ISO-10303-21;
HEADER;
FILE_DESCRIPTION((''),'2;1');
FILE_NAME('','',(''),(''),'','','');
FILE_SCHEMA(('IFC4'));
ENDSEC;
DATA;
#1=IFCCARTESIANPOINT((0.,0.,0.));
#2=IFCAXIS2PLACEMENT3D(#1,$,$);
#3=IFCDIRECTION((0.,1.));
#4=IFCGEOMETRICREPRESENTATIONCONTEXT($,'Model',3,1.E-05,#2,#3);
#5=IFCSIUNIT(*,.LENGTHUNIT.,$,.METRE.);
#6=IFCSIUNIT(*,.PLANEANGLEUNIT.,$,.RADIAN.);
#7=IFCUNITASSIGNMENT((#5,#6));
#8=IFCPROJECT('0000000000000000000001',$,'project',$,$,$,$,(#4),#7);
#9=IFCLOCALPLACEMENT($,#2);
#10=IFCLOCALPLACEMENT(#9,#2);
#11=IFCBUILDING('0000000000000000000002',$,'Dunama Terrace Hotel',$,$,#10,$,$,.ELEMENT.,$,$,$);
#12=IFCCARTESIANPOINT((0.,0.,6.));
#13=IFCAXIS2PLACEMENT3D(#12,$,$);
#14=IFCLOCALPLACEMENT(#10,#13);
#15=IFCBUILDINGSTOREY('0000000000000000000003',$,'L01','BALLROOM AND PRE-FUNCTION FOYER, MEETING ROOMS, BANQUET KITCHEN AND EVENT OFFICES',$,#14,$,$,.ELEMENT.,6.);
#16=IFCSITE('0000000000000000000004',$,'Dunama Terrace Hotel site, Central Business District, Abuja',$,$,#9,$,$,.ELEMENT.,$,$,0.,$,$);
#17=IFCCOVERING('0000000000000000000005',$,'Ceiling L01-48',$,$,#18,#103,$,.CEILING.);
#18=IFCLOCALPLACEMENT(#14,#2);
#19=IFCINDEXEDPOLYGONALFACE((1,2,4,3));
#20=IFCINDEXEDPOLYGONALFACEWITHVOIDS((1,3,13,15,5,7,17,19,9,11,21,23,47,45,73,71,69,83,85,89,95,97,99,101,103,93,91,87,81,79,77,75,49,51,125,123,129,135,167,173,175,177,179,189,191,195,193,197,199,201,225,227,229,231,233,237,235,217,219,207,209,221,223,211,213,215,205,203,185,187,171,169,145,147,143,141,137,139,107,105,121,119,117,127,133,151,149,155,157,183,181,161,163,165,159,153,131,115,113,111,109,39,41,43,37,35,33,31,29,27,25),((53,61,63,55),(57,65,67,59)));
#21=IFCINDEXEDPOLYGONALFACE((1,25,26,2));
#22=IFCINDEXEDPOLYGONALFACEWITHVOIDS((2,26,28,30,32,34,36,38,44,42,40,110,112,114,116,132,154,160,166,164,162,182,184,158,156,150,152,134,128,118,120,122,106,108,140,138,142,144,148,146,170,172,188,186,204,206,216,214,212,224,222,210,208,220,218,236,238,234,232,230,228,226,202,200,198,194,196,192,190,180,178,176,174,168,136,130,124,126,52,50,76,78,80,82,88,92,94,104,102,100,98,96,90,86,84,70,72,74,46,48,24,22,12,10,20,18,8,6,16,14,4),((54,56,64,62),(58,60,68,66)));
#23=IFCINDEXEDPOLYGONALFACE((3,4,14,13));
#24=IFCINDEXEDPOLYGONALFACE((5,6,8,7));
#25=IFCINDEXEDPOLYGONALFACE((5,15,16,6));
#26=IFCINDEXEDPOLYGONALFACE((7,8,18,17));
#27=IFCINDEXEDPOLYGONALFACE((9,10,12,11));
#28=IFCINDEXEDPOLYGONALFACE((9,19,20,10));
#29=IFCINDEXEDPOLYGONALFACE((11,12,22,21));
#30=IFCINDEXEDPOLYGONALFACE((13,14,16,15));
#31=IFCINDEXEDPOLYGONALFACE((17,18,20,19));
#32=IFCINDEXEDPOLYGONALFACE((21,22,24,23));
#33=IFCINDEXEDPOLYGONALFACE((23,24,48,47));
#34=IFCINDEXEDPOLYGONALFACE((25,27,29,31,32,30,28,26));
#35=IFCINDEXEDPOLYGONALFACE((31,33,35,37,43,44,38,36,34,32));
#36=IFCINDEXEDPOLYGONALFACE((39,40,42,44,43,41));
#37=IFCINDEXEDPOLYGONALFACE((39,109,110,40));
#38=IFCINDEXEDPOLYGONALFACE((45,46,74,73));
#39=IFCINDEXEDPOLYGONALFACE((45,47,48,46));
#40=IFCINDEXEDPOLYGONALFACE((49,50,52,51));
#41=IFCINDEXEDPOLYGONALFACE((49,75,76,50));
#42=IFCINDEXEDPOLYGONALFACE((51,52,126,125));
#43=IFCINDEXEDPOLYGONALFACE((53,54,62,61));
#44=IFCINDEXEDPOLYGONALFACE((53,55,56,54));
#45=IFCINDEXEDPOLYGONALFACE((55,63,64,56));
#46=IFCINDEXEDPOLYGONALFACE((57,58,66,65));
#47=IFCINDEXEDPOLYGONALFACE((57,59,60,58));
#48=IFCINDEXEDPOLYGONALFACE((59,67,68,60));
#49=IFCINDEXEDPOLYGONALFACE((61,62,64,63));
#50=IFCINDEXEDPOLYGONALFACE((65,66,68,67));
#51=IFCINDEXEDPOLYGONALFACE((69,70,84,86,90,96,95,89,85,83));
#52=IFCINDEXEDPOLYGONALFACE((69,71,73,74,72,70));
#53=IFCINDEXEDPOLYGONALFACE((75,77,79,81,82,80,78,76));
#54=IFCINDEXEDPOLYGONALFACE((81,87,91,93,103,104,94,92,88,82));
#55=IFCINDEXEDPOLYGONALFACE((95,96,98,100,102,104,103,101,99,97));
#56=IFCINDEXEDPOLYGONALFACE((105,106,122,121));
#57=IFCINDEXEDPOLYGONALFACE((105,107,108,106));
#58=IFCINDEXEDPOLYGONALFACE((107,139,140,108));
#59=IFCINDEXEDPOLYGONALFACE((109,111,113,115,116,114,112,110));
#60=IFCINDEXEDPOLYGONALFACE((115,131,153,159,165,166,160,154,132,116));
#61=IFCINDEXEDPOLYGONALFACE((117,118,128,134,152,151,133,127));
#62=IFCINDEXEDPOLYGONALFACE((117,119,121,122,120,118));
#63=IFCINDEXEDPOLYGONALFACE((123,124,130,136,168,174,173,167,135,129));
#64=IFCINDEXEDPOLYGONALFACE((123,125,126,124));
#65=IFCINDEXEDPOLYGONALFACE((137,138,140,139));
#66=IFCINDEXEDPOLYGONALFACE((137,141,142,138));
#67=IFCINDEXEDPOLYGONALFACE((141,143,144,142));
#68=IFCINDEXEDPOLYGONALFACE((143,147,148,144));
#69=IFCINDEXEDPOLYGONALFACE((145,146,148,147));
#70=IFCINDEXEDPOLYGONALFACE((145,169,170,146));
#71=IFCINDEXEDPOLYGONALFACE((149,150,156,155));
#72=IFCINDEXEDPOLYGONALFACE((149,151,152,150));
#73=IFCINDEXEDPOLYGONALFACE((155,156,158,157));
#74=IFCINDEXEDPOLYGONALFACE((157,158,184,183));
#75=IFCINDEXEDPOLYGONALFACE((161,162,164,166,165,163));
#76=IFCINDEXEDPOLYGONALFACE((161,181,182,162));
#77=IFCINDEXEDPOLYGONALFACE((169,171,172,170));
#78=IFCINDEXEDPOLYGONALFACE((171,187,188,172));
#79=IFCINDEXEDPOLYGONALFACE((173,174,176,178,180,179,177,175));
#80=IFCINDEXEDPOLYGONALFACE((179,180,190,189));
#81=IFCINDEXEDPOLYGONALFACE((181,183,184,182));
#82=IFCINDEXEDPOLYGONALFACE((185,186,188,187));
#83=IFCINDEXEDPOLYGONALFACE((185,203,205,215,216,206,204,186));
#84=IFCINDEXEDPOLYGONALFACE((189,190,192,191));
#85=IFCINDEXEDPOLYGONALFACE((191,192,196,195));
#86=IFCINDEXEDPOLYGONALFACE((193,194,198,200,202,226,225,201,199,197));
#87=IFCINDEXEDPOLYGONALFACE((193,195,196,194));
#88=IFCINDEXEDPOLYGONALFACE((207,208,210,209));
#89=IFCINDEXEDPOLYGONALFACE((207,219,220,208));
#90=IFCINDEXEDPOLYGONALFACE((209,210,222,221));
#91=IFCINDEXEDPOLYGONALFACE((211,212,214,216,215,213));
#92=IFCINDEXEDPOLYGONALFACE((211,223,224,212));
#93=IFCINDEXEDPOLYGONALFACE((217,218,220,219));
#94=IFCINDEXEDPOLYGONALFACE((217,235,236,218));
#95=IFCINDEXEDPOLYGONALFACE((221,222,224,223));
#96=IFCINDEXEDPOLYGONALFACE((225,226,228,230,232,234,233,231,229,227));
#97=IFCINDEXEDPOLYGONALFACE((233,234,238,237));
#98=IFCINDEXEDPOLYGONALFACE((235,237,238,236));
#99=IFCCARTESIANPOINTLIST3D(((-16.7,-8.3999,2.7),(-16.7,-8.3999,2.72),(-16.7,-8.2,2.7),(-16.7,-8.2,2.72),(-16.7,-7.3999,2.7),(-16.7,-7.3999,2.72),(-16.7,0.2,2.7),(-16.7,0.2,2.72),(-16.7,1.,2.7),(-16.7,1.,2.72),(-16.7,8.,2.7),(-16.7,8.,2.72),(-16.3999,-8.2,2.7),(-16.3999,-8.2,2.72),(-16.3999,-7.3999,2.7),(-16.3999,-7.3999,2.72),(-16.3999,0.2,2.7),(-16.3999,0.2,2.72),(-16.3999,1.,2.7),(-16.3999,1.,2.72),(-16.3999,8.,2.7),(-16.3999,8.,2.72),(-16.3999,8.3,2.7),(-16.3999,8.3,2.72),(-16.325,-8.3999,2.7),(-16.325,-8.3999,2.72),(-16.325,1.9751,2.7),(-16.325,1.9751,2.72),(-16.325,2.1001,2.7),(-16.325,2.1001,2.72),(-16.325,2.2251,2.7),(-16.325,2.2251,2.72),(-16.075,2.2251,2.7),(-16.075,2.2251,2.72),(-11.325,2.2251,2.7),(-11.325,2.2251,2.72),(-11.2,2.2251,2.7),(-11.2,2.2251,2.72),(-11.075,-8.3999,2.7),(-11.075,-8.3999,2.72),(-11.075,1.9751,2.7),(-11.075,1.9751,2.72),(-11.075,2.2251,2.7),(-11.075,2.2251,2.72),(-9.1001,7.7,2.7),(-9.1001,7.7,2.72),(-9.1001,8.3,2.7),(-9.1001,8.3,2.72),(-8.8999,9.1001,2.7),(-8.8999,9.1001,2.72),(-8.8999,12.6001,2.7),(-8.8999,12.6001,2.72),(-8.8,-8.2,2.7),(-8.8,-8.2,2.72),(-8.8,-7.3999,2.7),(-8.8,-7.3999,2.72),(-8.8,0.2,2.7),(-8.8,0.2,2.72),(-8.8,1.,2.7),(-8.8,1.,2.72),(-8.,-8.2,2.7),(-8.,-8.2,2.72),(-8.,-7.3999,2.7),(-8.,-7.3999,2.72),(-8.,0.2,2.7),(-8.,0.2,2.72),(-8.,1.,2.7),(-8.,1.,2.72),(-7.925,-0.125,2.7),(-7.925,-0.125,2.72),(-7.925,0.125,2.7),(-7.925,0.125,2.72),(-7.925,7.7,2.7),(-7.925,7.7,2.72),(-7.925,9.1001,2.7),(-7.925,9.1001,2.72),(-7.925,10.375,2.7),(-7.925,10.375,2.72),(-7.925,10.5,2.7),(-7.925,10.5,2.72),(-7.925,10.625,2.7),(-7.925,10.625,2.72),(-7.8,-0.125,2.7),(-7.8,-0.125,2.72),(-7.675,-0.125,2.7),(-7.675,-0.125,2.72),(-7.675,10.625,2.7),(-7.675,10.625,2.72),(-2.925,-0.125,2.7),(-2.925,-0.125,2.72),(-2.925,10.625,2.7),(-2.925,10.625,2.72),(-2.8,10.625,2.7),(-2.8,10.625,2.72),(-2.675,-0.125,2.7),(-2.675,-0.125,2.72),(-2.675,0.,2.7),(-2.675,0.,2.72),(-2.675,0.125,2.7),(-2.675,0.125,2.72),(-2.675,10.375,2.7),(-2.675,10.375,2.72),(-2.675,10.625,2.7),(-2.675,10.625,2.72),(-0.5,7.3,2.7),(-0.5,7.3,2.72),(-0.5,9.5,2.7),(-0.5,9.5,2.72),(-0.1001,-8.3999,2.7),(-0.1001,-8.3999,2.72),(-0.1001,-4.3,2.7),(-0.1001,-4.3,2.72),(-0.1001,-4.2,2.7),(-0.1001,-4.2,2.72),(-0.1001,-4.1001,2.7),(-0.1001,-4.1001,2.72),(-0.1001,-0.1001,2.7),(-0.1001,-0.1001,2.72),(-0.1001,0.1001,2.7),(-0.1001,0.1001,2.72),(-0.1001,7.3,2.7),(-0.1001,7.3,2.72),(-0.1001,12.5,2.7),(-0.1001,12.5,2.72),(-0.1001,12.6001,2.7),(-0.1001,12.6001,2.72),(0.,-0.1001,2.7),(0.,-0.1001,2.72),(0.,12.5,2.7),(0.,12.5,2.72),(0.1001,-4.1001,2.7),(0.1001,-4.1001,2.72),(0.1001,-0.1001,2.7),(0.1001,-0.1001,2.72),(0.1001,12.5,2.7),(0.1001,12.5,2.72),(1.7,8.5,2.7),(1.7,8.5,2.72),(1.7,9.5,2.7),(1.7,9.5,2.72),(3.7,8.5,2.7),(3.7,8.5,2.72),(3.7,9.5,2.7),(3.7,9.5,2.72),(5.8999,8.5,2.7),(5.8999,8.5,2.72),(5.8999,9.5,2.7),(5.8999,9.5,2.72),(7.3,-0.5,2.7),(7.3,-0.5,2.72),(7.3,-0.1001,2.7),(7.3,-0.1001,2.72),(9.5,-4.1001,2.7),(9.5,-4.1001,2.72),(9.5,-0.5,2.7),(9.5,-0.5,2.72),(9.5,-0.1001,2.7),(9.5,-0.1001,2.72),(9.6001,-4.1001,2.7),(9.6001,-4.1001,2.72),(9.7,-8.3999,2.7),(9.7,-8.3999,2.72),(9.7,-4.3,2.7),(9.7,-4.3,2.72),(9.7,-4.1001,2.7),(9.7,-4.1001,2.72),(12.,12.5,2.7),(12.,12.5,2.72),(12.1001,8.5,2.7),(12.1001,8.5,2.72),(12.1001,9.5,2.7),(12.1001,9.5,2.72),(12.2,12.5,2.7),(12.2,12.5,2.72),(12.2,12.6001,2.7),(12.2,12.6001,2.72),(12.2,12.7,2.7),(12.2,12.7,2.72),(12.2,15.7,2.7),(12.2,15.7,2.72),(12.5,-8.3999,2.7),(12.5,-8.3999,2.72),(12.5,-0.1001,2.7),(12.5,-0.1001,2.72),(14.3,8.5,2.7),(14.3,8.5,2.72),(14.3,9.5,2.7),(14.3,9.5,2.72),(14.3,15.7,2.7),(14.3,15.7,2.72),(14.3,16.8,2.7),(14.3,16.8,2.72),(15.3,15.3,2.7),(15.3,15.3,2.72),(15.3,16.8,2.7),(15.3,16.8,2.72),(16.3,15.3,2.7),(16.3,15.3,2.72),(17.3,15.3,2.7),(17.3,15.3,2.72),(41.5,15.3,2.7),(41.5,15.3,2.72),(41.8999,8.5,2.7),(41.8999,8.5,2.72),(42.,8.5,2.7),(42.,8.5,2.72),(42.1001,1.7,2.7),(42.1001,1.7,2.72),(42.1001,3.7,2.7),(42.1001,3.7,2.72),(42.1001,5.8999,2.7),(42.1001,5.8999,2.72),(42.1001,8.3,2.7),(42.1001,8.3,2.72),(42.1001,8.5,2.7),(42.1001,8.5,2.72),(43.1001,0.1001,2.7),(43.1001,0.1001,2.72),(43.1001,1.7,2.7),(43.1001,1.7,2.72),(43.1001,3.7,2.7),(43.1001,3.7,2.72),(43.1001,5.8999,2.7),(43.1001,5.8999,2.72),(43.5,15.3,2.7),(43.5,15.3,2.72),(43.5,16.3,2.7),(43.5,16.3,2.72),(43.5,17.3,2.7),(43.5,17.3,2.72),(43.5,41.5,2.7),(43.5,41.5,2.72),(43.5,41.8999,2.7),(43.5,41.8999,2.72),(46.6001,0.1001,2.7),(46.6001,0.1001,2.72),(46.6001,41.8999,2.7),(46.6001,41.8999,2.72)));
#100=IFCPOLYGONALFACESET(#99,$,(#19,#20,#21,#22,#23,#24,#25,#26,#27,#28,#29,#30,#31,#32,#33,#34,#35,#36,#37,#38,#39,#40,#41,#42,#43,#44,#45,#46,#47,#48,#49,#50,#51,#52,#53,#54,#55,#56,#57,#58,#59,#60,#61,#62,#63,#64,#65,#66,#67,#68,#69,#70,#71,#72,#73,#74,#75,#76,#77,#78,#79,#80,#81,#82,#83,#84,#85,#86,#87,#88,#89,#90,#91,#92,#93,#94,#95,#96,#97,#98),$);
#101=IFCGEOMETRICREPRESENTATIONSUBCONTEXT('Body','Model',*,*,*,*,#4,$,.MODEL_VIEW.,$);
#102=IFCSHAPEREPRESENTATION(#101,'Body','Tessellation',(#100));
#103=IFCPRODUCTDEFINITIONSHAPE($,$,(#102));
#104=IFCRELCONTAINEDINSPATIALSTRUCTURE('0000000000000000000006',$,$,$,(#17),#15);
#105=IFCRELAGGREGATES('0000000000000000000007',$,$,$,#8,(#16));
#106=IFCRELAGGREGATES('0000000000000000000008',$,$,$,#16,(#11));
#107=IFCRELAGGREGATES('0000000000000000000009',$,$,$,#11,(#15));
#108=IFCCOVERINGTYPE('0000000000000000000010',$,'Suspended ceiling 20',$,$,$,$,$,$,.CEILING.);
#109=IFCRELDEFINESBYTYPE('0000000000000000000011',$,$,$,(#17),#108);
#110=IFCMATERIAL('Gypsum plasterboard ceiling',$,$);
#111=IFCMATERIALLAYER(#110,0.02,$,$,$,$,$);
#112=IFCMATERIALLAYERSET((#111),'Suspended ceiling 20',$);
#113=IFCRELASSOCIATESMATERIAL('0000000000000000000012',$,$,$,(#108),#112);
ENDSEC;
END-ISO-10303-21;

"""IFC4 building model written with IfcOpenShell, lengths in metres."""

from ifc_helpers import new_model, si_unit, direction, frame, origin, place, context, subcontext, project, spatial, polyline, outline, extrude, material, layer, layer_set, type_object, element, save


model = new_model("IFC4")

# Units and contexts
model_context = context("Model", 3, precision=1e-05, world=origin(), true_north=direction((0.0, 1.0)))
body_context = subcontext(model_context, "Body", "Model", "MODEL_VIEW")
ifc_project = project(units=[si_unit("LENGTHUNIT", "METRE"), si_unit("PLANEANGLEUNIT", "RADIAN")], contexts=[model_context])

# Site, building, storey
site_placement = place(None, origin())
site = spatial("IfcSite", under=ifc_project, at=site_placement, Name="Dunama Terrace Hotel site, Central Business District, Abuja", CompositionType="ELEMENT", RefElevation=0.0)
building_placement = place(site_placement, origin())
building = spatial("IfcBuilding", under=site, at=building_placement, Name="Dunama Terrace Hotel", CompositionType="ELEMENT")
storey_placement = place(building_placement, frame((0.0, 0.0, 6.0)))
storey = spatial("IfcBuildingStorey", under=building, at=storey_placement, Name="L01", Description="BALLROOM AND PRE-FUNCTION FOYER, MEETING ROOMS, BANQUET KITCHEN AND EVENT OFFICES", CompositionType="ELEMENT", Elevation=6.0)

# Covering
ifc_material_1 = material(Name="Gypsum plasterboard ceiling")
ifc_layer_1 = layer(ifc_material_1, 0.02)
ifc_layer_set_1 = layer_set([ifc_layer_1], Name="Suspended ceiling 20")
covering_type_1 = type_object("IfcCoveringType", Name="Suspended ceiling 20", PredefinedType="CEILING", material=ifc_layer_set_1)
covering_1_placement = place(storey_placement, frame((0.0, 0.0, 2.7)))
element("IfcCovering", 1, at=covering_1_placement, inside=storey, type_object=covering_type_1, Name="Ceiling L01-48", PredefinedType="CEILING", context=body_context, shape_type="SweptSolid", body=[
    extrude(outline(polyline([(-11.075, 1.9751), (-11.075, -8.3999), (-0.1001, -8.3999), (-0.1001, -4.3), (-0.1001, -4.2), (-0.1001, -4.1001), (0.1001, -4.1001), (9.5, -4.1001), (9.6001, -4.1001), (9.7, -4.1001), (9.7, -4.3), (9.7, -8.3999), (12.5, -8.3999), (12.5, -0.1001), (9.5, -0.1001), (9.5, -0.5), (7.3, -0.5), (7.3, -0.1001), (0.1001, -0.1001), (0.0, -0.1001), (-0.1001, -0.1001), (-0.1001, 0.1001), (-0.1001, 7.3), (-0.5, 7.3), (-0.5, 9.5), (1.7, 9.5), (1.7, 8.5), (3.7, 8.5), (3.7, 9.5), (5.8999, 9.5), (5.8999, 8.5), (12.1001, 8.5), (12.1001, 9.5), (14.3, 9.5), (14.3, 8.5), (41.8999, 8.5), (42.0, 8.5), (42.1001, 8.5), (42.1001, 8.3), (42.1001, 5.8999), (43.1001, 5.8999), (43.1001, 3.7), (42.1001, 3.7), (42.1001, 1.7), (43.1001, 1.7), (43.1001, 0.1001), (46.6001, 0.1001), (46.6001, 41.8999), (43.5, 41.8999), (43.5, 41.5), (43.5, 17.3), (43.5, 16.3), (43.5, 15.3), (41.5, 15.3), (17.3, 15.3), (16.3, 15.3), (15.3, 15.3), (15.3, 16.8), (14.3, 16.8), (14.3, 15.7), (12.2, 15.7), (12.2, 12.7), (12.2, 12.6001), (12.2, 12.5), (12.0, 12.5), (0.1001, 12.5), (0.0, 12.5), (-0.1001, 12.5), (-0.1001, 12.6001), (-8.8999, 12.6001), (-8.8999, 9.1001), (-7.925, 9.1001), (-7.925, 10.375), (-7.925, 10.5), (-7.925, 10.625), (-7.675, 10.625), (-2.925, 10.625), (-2.8, 10.625), (-2.675, 10.625), (-2.675, 10.375), (-2.675, 0.125), (-2.675, 0.0), (-2.675, -0.125), (-2.925, -0.125), (-7.675, -0.125), (-7.8, -0.125), (-7.925, -0.125), (-7.925, 0.125), (-7.925, 7.7), (-9.1001, 7.7), (-9.1001, 8.3), (-16.3999, 8.3), (-16.3999, 8.0), (-16.7, 8.0), (-16.7, 1.0), (-16.3999, 1.0), (-16.3999, 0.2), (-16.7, 0.2), (-16.7, -7.3999), (-16.3999, -7.3999), (-16.3999, -8.2), (-16.7, -8.2), (-16.7, -8.3999), (-16.325, -8.3999), (-16.325, 1.9751), (-16.325, 2.1001), (-16.325, 2.2251), (-16.075, 2.2251), (-11.325, 2.2251), (-11.2, 2.2251), (-11.075, 2.2251), (-11.075, 1.9751)]), holes=[polyline([(-8.8, -7.3999), (-8.0, -7.3999), (-8.0, -8.2), (-8.8, -8.2), (-8.8, -7.3999)]), polyline([(-8.8, 1.0), (-8.0, 1.0), (-8.0, 0.2), (-8.8, 0.2), (-8.8, 1.0)])]), origin(), (0.0, 0.0, 1.0), 0.02),
])

save(model, "model.ifc")
